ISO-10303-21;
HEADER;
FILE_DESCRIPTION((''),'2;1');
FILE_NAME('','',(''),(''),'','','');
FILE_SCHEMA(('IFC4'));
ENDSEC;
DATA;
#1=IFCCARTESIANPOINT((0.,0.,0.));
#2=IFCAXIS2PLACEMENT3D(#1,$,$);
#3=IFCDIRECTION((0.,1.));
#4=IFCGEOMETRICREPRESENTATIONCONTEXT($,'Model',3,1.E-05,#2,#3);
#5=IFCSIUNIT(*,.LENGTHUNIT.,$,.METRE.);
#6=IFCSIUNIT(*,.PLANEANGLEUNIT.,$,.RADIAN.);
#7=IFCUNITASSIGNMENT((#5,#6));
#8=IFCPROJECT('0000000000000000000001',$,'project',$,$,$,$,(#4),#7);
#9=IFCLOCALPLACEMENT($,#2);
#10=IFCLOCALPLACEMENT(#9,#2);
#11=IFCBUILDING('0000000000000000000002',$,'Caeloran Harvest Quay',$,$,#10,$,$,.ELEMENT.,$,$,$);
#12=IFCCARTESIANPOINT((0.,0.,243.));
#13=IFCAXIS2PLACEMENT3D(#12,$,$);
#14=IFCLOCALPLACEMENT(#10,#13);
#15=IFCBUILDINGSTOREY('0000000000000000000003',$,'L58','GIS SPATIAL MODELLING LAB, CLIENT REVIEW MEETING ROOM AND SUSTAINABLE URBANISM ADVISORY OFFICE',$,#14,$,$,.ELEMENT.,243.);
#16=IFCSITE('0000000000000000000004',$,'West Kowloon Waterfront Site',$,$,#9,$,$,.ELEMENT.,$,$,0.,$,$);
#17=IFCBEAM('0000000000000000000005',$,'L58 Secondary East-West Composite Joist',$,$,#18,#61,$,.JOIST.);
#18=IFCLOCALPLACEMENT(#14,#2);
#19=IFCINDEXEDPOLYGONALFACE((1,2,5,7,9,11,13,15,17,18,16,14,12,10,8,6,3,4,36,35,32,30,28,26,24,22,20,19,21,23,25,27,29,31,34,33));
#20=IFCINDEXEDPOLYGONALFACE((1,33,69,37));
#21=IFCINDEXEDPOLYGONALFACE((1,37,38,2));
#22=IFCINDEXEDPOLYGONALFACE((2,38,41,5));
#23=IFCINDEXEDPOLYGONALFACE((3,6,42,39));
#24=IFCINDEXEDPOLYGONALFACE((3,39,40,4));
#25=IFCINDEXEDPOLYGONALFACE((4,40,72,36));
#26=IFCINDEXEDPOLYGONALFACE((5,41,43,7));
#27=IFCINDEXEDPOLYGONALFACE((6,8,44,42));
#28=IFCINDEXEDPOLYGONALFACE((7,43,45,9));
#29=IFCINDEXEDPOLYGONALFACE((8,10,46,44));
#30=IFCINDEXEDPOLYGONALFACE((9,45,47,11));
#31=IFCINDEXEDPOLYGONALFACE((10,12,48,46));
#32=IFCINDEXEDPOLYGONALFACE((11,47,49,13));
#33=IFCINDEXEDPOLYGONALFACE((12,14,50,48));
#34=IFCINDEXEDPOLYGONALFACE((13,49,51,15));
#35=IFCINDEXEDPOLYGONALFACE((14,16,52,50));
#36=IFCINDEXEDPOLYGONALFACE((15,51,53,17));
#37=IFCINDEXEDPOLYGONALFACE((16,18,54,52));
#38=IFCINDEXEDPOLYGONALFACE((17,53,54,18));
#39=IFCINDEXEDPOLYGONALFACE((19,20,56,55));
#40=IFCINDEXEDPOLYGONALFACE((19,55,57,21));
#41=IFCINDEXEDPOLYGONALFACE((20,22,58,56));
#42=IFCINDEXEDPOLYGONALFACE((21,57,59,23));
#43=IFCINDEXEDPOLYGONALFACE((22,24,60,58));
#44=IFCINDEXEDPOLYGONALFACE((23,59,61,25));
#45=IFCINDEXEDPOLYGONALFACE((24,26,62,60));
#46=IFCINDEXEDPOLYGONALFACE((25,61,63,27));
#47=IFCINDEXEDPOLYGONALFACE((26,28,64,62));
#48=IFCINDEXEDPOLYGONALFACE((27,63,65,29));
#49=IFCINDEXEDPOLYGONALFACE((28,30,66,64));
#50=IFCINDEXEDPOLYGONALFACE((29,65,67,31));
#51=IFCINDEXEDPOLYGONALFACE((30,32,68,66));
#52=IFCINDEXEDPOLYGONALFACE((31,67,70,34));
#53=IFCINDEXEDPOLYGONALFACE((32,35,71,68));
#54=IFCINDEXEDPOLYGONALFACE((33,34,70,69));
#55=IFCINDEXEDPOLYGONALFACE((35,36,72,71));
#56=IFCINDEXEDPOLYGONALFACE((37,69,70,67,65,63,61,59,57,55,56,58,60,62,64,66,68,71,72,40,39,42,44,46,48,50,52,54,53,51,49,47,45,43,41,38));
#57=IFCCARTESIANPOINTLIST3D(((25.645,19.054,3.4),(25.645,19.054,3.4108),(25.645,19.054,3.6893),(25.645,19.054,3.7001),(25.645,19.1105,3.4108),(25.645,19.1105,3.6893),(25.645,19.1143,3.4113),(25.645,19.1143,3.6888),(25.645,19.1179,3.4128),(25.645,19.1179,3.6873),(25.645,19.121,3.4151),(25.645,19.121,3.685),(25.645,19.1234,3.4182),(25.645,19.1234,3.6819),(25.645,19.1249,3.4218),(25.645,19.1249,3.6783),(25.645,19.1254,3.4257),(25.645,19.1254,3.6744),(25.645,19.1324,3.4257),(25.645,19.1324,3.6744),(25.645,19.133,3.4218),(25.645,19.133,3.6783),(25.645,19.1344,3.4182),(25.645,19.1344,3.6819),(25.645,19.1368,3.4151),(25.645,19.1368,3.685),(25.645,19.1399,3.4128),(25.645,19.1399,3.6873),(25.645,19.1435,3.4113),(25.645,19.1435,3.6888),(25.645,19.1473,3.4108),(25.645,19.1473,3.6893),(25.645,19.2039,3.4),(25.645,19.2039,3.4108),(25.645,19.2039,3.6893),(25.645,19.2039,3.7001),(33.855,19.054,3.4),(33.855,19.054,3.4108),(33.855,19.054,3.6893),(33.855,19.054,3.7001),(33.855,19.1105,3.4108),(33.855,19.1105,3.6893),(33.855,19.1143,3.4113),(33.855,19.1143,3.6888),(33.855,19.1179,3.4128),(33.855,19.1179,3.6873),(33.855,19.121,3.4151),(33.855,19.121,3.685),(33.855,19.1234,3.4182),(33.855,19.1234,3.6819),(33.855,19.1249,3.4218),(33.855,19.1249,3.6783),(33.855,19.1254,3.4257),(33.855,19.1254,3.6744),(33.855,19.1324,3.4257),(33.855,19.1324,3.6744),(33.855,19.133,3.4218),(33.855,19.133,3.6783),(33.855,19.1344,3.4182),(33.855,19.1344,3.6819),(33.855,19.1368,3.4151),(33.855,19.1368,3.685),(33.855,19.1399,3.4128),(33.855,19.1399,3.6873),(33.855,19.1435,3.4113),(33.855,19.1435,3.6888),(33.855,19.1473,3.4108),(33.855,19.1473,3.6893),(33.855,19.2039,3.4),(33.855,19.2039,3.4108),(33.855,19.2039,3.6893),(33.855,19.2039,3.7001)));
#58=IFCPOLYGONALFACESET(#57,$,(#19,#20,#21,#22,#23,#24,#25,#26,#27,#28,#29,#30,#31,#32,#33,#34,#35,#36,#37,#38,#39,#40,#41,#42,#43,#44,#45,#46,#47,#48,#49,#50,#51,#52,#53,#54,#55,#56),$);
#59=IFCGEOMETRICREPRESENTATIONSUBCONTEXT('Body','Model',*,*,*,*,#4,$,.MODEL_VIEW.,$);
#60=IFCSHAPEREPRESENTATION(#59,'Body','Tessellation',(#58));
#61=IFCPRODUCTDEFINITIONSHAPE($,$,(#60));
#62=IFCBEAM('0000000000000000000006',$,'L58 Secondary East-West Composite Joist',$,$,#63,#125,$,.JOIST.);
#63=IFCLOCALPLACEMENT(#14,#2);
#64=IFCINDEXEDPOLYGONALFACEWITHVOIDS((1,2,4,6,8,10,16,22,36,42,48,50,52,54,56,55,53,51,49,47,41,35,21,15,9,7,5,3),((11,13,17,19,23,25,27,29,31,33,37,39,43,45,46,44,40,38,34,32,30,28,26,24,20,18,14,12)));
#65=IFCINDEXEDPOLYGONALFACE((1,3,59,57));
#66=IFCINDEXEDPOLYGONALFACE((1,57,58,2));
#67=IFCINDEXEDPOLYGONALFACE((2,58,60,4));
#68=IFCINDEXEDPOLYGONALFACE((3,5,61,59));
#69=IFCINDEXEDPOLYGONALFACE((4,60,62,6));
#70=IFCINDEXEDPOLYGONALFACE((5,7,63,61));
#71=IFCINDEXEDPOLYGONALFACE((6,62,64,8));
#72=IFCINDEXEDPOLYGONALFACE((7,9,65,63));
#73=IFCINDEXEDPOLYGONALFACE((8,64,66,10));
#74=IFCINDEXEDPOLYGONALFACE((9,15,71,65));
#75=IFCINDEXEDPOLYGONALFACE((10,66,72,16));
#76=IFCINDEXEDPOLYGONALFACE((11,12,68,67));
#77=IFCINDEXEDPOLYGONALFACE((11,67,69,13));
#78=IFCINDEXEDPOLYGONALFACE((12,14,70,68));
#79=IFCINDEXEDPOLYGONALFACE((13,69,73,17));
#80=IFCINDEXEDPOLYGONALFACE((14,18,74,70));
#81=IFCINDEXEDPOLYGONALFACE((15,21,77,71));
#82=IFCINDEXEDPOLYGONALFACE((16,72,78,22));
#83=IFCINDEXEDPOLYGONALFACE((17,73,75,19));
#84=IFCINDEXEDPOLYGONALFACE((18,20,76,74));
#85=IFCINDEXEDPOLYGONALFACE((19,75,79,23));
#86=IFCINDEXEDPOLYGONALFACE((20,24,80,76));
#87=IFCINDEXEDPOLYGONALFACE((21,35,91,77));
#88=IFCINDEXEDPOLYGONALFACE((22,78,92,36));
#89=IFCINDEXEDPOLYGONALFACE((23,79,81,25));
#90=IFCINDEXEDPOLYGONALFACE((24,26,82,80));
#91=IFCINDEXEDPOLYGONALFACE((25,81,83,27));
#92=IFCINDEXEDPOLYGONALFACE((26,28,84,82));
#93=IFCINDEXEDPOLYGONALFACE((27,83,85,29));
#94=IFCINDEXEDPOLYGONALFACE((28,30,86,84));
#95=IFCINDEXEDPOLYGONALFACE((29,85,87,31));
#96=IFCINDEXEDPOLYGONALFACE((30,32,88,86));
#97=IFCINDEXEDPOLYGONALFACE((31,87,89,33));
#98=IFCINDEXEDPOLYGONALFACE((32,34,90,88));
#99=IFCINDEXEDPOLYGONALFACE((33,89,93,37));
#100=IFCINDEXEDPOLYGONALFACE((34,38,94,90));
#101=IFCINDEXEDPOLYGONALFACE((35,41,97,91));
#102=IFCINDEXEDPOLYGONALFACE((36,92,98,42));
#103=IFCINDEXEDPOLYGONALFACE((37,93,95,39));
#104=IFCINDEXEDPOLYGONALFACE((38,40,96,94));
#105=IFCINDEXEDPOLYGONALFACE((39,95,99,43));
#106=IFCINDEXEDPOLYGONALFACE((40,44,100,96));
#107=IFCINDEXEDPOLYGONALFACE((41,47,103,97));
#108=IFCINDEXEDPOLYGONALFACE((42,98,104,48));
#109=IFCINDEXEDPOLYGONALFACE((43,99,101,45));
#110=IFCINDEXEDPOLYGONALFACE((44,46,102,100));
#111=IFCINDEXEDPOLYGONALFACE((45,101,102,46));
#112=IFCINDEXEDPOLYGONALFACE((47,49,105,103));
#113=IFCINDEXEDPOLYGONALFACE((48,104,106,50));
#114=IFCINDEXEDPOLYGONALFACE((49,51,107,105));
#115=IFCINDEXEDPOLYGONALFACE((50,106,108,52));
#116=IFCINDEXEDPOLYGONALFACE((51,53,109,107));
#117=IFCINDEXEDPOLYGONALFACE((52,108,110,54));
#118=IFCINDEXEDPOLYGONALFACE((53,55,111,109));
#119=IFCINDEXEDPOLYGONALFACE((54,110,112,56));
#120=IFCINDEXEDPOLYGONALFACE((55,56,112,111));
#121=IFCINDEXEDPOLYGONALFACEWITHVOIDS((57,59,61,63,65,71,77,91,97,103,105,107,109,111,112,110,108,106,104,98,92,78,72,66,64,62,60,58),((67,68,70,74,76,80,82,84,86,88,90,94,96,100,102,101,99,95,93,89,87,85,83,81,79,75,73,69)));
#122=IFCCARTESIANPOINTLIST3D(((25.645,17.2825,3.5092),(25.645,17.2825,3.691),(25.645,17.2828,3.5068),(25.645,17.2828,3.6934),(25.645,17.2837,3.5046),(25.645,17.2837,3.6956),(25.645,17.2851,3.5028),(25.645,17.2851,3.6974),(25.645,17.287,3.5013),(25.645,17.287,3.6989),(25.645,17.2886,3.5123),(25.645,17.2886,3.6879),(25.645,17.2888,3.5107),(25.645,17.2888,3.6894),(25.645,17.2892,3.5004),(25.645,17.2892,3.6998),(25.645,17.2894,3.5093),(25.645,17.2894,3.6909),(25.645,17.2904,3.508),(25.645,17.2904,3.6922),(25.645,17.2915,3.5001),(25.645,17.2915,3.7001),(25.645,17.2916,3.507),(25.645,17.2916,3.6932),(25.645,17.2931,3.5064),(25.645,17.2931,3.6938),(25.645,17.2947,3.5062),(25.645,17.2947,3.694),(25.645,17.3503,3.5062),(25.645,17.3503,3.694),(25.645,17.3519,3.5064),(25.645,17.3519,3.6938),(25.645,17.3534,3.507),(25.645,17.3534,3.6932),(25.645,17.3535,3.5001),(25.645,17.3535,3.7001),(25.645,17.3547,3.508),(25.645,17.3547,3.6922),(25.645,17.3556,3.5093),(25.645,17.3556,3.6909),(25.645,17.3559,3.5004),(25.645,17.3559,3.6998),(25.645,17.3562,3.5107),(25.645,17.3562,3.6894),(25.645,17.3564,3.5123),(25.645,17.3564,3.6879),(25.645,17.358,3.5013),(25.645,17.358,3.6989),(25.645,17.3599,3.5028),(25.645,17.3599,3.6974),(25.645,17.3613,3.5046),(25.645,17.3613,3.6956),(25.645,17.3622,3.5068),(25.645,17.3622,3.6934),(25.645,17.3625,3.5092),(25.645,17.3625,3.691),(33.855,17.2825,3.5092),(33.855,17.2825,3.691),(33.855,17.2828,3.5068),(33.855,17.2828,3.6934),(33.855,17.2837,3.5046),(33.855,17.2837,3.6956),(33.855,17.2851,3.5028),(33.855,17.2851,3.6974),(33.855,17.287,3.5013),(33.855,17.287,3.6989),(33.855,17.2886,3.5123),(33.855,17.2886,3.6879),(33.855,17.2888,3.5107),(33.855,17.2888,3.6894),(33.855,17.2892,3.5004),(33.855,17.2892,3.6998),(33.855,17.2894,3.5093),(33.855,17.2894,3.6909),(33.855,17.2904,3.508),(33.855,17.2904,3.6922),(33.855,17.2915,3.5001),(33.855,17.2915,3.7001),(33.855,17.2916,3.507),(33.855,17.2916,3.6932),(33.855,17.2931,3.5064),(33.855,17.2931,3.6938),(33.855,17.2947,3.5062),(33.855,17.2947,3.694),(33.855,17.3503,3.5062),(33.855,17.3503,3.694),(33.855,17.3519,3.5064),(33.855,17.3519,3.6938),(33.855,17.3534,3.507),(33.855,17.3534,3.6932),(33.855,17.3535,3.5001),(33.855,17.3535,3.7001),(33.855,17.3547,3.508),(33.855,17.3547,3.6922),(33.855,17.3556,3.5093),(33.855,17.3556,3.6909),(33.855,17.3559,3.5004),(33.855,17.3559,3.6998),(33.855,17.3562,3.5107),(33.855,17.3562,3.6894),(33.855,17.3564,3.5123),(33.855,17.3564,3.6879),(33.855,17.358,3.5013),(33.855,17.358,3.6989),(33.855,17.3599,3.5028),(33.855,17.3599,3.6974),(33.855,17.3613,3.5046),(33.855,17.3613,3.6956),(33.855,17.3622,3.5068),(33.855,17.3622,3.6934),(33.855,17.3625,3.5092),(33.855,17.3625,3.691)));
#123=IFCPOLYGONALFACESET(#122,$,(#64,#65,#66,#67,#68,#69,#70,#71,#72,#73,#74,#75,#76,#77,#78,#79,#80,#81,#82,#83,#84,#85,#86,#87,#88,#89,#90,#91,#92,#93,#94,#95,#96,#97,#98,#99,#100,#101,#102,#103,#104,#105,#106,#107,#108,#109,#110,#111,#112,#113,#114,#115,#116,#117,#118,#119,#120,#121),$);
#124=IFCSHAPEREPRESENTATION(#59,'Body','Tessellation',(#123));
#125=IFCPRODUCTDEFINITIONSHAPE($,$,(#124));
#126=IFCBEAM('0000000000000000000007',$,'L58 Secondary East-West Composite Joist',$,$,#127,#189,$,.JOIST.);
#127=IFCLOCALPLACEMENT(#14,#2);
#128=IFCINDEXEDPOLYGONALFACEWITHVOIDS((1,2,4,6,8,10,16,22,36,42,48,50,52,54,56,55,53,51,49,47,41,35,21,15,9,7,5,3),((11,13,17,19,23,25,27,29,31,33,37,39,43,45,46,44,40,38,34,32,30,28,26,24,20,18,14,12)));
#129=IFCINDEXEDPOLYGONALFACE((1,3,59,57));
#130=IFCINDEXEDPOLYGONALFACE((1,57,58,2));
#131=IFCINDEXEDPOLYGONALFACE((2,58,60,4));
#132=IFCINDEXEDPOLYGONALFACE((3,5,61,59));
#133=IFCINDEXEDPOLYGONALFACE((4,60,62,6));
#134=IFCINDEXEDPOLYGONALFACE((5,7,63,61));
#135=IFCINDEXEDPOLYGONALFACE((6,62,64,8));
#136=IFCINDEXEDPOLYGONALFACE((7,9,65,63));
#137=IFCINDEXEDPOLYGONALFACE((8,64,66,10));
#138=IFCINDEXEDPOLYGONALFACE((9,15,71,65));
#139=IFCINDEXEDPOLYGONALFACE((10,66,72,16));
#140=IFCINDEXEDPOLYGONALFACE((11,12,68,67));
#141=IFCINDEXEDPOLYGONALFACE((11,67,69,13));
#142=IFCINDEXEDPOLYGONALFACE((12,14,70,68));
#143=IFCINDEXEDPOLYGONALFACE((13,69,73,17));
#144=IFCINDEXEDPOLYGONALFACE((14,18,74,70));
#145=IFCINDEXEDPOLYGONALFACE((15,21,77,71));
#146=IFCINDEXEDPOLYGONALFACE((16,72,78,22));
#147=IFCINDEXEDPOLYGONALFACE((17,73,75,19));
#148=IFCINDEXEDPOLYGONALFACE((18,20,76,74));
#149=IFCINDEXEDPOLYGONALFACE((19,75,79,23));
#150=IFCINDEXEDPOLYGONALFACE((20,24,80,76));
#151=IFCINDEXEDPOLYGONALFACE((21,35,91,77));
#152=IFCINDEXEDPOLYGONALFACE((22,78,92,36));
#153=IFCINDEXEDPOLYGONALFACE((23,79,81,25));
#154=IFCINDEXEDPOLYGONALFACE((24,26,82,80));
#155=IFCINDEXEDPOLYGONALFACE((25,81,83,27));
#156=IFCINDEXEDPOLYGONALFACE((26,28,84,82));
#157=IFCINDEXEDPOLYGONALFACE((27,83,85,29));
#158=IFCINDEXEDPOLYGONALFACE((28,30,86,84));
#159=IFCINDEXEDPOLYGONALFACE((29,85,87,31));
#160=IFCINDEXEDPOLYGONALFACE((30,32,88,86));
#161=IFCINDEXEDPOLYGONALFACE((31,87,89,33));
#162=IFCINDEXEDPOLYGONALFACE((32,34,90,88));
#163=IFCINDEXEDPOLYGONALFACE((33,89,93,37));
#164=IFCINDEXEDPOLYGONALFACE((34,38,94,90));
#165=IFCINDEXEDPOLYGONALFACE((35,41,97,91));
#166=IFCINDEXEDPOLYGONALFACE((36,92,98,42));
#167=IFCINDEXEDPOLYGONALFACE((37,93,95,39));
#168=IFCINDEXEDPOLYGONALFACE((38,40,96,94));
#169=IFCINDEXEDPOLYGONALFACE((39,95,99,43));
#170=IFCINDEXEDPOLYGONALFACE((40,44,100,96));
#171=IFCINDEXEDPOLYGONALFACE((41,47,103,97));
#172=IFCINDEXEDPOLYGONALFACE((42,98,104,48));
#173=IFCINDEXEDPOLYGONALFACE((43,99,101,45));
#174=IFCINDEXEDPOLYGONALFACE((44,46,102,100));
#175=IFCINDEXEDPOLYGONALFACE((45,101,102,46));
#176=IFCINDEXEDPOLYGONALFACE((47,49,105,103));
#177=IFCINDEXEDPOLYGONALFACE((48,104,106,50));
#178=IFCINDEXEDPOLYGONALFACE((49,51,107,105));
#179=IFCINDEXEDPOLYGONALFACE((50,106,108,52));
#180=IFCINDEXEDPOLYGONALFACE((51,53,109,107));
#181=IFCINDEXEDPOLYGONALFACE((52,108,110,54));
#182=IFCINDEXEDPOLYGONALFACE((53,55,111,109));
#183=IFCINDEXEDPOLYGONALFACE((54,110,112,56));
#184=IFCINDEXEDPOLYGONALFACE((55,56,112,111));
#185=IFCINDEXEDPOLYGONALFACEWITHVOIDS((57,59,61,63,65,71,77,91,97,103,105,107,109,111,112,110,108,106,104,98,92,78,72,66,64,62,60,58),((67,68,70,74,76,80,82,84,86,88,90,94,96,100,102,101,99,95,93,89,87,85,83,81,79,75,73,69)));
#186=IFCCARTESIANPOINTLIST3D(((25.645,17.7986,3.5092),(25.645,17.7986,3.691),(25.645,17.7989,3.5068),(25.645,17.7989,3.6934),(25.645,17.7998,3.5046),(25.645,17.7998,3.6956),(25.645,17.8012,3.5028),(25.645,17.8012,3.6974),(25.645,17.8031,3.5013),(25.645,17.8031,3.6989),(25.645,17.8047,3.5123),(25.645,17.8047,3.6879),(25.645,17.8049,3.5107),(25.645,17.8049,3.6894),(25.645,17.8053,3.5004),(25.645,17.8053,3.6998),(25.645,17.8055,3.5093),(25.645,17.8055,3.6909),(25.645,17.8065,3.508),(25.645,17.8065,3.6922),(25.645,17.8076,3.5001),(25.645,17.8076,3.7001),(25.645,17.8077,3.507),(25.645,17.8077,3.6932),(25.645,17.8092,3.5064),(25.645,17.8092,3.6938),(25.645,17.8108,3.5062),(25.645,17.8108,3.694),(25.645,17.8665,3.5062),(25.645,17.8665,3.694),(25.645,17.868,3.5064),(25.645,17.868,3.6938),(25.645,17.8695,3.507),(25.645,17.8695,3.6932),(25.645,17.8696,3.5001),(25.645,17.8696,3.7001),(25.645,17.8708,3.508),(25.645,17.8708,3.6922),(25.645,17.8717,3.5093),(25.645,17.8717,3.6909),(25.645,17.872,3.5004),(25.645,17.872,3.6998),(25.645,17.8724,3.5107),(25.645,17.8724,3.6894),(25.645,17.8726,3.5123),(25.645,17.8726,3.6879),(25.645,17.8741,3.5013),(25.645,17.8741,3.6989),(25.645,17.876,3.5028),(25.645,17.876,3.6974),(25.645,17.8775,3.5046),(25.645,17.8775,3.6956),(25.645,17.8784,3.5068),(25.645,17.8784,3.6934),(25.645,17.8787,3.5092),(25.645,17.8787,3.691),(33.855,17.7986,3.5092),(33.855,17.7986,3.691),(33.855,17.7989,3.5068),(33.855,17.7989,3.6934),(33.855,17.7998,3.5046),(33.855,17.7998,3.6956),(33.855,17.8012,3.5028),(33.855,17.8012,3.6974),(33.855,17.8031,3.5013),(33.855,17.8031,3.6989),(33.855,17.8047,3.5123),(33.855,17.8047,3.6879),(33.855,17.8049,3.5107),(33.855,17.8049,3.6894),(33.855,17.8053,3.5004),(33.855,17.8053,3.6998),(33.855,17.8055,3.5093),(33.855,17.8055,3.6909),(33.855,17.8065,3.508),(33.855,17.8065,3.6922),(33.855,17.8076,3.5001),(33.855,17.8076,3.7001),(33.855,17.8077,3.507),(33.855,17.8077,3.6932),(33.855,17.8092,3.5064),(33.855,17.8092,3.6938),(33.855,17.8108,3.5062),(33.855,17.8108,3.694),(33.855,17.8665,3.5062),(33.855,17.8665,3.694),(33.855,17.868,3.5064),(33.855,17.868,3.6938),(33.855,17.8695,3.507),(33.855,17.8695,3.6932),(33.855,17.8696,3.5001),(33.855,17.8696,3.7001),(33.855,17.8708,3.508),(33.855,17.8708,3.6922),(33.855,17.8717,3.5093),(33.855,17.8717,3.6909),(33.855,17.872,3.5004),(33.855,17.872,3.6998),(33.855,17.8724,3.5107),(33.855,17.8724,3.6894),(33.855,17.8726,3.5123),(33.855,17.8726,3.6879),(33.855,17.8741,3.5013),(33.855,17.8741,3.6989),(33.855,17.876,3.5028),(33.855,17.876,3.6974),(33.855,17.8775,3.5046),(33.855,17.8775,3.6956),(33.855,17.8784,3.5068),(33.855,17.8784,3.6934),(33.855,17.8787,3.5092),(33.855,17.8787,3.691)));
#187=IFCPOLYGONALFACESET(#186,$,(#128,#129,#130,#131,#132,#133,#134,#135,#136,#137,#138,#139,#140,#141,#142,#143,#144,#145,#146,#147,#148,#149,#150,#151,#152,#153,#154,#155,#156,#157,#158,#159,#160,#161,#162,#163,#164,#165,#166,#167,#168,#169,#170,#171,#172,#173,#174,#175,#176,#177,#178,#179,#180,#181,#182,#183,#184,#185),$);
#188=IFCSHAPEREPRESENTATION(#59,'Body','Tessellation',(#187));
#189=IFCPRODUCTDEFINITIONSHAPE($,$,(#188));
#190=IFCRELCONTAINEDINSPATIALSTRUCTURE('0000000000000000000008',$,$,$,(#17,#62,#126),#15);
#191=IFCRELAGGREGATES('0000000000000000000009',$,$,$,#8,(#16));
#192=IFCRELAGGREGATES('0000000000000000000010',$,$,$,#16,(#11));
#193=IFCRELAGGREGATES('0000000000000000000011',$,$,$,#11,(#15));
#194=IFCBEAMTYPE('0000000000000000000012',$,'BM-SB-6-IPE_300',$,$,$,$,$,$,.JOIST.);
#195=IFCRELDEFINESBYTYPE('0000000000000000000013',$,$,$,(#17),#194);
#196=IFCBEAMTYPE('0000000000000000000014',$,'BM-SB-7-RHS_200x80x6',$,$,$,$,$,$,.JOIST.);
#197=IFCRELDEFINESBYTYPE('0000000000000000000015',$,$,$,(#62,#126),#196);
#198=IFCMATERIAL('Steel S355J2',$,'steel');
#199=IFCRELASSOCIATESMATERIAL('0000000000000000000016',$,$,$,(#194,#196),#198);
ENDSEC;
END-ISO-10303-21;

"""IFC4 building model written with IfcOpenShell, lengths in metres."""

from ifc_helpers import new_model, si_unit, direction, frame, origin, origin_2d, place, context, subcontext, project, spatial, hollow_rectangle, i_section, extrude, material, material_profile, profile_set, type_object, element, save


model = new_model("IFC4")

# Units and contexts
model_context = context("Model", 3, precision=1e-05, world=origin(), true_north=direction((0.0, 1.0)))
body_context = subcontext(model_context, "Body", "Model", "MODEL_VIEW")
ifc_project = project(units=[si_unit("LENGTHUNIT", "METRE"), si_unit("PLANEANGLEUNIT", "RADIAN")], contexts=[model_context])

# Site, building, storey
site_placement = place(None, origin())
site = spatial("IfcSite", under=ifc_project, at=site_placement, Name="West Kowloon Waterfront Site", CompositionType="ELEMENT", RefElevation=0.0)
building_placement = place(site_placement, origin())
building = spatial("IfcBuilding", under=site, at=building_placement, Name="Caeloran Harvest Quay", CompositionType="ELEMENT")
storey_placement = place(building_placement, frame((0.0, 0.0, 243.0)))
storey = spatial("IfcBuildingStorey", under=building, at=storey_placement, Name="L58", Description="GIS SPATIAL MODELLING LAB, CLIENT REVIEW MEETING ROOM AND SUSTAINABLE URBANISM ADVISORY OFFICE", CompositionType="ELEMENT", Elevation=243.0)

# Beams
ifc_material_1 = material(Name="Steel S355J2", Category="steel")
ifc_material_profile_1 = material_profile(ifc_material_1, i_section(OverallWidth=0.1499, OverallDepth=0.3, WebThickness=0.0071, FlangeThickness=0.0107, FilletRadius=0.0149, at=origin_2d()), Name="IPE 300")
ifc_profile_set_1 = profile_set([ifc_material_profile_1], Name="Steel S355J2")
beam_type_1 = type_object("IfcBeamType", Name="BM-SB-6-IPE_300", PredefinedType="JOIST", material=ifc_profile_set_1)
for number, where, z_axis, x_axis, name in (
    (1, (25.645, 19.1289, 3.55), (1.0, 0.0, 0.0), (0.0, 1.0, 0.0), "L58 Secondary East-West Composite Joist"),
):
    element("IfcBeam", number, at=place(storey_placement, frame(where, z_axis=z_axis, x_axis=x_axis)), inside=storey, type_object=beam_type_1, Name=name, PredefinedType="JOIST", context=body_context, shape_type="SweptSolid", body=[
        extrude(i_section(OverallWidth=0.1499, OverallDepth=0.3, WebThickness=0.0071, FlangeThickness=0.0107, FilletRadius=0.0149, at=origin_2d()), origin(), (0.0, 0.0, 1.0), 8.21),
    ])
ifc_material_profile_2 = material_profile(ifc_material_1, hollow_rectangle(XDim=0.0801, YDim=0.2, WallThickness=0.0061, InnerFilletRadius=0.0061, OuterFilletRadius=0.009, at=origin_2d()), Name="RHS 200x80x6")
ifc_profile_set_2 = profile_set([ifc_material_profile_2], Name="Steel S355J2")
beam_type_2 = type_object("IfcBeamType", Name="BM-SB-7-RHS_200x80x6", PredefinedType="JOIST", material=ifc_profile_set_2)
for number, where, z_axis, x_axis, name in (
    (2, (25.645, 17.3225, 3.6001), (1.0, 0.0, 0.0), (0.0, 1.0, 0.0), "L58 Secondary East-West Composite Joist"),
    (3, (25.645, 17.8386, 3.6001), (1.0, 0.0, 0.0), (0.0, 1.0, 0.0), "L58 Secondary East-West Composite Joist"),
):
    element("IfcBeam", number, at=place(storey_placement, frame(where, z_axis=z_axis, x_axis=x_axis)), inside=storey, type_object=beam_type_2, Name=name, PredefinedType="JOIST", context=body_context, shape_type="SweptSolid", body=[
        extrude(hollow_rectangle(XDim=0.0801, YDim=0.2, WallThickness=0.0061, InnerFilletRadius=0.0061, OuterFilletRadius=0.009, at=origin_2d()), origin(), (0.0, 0.0, 1.0), 8.21),
    ])

save(model, "model.ifc")
